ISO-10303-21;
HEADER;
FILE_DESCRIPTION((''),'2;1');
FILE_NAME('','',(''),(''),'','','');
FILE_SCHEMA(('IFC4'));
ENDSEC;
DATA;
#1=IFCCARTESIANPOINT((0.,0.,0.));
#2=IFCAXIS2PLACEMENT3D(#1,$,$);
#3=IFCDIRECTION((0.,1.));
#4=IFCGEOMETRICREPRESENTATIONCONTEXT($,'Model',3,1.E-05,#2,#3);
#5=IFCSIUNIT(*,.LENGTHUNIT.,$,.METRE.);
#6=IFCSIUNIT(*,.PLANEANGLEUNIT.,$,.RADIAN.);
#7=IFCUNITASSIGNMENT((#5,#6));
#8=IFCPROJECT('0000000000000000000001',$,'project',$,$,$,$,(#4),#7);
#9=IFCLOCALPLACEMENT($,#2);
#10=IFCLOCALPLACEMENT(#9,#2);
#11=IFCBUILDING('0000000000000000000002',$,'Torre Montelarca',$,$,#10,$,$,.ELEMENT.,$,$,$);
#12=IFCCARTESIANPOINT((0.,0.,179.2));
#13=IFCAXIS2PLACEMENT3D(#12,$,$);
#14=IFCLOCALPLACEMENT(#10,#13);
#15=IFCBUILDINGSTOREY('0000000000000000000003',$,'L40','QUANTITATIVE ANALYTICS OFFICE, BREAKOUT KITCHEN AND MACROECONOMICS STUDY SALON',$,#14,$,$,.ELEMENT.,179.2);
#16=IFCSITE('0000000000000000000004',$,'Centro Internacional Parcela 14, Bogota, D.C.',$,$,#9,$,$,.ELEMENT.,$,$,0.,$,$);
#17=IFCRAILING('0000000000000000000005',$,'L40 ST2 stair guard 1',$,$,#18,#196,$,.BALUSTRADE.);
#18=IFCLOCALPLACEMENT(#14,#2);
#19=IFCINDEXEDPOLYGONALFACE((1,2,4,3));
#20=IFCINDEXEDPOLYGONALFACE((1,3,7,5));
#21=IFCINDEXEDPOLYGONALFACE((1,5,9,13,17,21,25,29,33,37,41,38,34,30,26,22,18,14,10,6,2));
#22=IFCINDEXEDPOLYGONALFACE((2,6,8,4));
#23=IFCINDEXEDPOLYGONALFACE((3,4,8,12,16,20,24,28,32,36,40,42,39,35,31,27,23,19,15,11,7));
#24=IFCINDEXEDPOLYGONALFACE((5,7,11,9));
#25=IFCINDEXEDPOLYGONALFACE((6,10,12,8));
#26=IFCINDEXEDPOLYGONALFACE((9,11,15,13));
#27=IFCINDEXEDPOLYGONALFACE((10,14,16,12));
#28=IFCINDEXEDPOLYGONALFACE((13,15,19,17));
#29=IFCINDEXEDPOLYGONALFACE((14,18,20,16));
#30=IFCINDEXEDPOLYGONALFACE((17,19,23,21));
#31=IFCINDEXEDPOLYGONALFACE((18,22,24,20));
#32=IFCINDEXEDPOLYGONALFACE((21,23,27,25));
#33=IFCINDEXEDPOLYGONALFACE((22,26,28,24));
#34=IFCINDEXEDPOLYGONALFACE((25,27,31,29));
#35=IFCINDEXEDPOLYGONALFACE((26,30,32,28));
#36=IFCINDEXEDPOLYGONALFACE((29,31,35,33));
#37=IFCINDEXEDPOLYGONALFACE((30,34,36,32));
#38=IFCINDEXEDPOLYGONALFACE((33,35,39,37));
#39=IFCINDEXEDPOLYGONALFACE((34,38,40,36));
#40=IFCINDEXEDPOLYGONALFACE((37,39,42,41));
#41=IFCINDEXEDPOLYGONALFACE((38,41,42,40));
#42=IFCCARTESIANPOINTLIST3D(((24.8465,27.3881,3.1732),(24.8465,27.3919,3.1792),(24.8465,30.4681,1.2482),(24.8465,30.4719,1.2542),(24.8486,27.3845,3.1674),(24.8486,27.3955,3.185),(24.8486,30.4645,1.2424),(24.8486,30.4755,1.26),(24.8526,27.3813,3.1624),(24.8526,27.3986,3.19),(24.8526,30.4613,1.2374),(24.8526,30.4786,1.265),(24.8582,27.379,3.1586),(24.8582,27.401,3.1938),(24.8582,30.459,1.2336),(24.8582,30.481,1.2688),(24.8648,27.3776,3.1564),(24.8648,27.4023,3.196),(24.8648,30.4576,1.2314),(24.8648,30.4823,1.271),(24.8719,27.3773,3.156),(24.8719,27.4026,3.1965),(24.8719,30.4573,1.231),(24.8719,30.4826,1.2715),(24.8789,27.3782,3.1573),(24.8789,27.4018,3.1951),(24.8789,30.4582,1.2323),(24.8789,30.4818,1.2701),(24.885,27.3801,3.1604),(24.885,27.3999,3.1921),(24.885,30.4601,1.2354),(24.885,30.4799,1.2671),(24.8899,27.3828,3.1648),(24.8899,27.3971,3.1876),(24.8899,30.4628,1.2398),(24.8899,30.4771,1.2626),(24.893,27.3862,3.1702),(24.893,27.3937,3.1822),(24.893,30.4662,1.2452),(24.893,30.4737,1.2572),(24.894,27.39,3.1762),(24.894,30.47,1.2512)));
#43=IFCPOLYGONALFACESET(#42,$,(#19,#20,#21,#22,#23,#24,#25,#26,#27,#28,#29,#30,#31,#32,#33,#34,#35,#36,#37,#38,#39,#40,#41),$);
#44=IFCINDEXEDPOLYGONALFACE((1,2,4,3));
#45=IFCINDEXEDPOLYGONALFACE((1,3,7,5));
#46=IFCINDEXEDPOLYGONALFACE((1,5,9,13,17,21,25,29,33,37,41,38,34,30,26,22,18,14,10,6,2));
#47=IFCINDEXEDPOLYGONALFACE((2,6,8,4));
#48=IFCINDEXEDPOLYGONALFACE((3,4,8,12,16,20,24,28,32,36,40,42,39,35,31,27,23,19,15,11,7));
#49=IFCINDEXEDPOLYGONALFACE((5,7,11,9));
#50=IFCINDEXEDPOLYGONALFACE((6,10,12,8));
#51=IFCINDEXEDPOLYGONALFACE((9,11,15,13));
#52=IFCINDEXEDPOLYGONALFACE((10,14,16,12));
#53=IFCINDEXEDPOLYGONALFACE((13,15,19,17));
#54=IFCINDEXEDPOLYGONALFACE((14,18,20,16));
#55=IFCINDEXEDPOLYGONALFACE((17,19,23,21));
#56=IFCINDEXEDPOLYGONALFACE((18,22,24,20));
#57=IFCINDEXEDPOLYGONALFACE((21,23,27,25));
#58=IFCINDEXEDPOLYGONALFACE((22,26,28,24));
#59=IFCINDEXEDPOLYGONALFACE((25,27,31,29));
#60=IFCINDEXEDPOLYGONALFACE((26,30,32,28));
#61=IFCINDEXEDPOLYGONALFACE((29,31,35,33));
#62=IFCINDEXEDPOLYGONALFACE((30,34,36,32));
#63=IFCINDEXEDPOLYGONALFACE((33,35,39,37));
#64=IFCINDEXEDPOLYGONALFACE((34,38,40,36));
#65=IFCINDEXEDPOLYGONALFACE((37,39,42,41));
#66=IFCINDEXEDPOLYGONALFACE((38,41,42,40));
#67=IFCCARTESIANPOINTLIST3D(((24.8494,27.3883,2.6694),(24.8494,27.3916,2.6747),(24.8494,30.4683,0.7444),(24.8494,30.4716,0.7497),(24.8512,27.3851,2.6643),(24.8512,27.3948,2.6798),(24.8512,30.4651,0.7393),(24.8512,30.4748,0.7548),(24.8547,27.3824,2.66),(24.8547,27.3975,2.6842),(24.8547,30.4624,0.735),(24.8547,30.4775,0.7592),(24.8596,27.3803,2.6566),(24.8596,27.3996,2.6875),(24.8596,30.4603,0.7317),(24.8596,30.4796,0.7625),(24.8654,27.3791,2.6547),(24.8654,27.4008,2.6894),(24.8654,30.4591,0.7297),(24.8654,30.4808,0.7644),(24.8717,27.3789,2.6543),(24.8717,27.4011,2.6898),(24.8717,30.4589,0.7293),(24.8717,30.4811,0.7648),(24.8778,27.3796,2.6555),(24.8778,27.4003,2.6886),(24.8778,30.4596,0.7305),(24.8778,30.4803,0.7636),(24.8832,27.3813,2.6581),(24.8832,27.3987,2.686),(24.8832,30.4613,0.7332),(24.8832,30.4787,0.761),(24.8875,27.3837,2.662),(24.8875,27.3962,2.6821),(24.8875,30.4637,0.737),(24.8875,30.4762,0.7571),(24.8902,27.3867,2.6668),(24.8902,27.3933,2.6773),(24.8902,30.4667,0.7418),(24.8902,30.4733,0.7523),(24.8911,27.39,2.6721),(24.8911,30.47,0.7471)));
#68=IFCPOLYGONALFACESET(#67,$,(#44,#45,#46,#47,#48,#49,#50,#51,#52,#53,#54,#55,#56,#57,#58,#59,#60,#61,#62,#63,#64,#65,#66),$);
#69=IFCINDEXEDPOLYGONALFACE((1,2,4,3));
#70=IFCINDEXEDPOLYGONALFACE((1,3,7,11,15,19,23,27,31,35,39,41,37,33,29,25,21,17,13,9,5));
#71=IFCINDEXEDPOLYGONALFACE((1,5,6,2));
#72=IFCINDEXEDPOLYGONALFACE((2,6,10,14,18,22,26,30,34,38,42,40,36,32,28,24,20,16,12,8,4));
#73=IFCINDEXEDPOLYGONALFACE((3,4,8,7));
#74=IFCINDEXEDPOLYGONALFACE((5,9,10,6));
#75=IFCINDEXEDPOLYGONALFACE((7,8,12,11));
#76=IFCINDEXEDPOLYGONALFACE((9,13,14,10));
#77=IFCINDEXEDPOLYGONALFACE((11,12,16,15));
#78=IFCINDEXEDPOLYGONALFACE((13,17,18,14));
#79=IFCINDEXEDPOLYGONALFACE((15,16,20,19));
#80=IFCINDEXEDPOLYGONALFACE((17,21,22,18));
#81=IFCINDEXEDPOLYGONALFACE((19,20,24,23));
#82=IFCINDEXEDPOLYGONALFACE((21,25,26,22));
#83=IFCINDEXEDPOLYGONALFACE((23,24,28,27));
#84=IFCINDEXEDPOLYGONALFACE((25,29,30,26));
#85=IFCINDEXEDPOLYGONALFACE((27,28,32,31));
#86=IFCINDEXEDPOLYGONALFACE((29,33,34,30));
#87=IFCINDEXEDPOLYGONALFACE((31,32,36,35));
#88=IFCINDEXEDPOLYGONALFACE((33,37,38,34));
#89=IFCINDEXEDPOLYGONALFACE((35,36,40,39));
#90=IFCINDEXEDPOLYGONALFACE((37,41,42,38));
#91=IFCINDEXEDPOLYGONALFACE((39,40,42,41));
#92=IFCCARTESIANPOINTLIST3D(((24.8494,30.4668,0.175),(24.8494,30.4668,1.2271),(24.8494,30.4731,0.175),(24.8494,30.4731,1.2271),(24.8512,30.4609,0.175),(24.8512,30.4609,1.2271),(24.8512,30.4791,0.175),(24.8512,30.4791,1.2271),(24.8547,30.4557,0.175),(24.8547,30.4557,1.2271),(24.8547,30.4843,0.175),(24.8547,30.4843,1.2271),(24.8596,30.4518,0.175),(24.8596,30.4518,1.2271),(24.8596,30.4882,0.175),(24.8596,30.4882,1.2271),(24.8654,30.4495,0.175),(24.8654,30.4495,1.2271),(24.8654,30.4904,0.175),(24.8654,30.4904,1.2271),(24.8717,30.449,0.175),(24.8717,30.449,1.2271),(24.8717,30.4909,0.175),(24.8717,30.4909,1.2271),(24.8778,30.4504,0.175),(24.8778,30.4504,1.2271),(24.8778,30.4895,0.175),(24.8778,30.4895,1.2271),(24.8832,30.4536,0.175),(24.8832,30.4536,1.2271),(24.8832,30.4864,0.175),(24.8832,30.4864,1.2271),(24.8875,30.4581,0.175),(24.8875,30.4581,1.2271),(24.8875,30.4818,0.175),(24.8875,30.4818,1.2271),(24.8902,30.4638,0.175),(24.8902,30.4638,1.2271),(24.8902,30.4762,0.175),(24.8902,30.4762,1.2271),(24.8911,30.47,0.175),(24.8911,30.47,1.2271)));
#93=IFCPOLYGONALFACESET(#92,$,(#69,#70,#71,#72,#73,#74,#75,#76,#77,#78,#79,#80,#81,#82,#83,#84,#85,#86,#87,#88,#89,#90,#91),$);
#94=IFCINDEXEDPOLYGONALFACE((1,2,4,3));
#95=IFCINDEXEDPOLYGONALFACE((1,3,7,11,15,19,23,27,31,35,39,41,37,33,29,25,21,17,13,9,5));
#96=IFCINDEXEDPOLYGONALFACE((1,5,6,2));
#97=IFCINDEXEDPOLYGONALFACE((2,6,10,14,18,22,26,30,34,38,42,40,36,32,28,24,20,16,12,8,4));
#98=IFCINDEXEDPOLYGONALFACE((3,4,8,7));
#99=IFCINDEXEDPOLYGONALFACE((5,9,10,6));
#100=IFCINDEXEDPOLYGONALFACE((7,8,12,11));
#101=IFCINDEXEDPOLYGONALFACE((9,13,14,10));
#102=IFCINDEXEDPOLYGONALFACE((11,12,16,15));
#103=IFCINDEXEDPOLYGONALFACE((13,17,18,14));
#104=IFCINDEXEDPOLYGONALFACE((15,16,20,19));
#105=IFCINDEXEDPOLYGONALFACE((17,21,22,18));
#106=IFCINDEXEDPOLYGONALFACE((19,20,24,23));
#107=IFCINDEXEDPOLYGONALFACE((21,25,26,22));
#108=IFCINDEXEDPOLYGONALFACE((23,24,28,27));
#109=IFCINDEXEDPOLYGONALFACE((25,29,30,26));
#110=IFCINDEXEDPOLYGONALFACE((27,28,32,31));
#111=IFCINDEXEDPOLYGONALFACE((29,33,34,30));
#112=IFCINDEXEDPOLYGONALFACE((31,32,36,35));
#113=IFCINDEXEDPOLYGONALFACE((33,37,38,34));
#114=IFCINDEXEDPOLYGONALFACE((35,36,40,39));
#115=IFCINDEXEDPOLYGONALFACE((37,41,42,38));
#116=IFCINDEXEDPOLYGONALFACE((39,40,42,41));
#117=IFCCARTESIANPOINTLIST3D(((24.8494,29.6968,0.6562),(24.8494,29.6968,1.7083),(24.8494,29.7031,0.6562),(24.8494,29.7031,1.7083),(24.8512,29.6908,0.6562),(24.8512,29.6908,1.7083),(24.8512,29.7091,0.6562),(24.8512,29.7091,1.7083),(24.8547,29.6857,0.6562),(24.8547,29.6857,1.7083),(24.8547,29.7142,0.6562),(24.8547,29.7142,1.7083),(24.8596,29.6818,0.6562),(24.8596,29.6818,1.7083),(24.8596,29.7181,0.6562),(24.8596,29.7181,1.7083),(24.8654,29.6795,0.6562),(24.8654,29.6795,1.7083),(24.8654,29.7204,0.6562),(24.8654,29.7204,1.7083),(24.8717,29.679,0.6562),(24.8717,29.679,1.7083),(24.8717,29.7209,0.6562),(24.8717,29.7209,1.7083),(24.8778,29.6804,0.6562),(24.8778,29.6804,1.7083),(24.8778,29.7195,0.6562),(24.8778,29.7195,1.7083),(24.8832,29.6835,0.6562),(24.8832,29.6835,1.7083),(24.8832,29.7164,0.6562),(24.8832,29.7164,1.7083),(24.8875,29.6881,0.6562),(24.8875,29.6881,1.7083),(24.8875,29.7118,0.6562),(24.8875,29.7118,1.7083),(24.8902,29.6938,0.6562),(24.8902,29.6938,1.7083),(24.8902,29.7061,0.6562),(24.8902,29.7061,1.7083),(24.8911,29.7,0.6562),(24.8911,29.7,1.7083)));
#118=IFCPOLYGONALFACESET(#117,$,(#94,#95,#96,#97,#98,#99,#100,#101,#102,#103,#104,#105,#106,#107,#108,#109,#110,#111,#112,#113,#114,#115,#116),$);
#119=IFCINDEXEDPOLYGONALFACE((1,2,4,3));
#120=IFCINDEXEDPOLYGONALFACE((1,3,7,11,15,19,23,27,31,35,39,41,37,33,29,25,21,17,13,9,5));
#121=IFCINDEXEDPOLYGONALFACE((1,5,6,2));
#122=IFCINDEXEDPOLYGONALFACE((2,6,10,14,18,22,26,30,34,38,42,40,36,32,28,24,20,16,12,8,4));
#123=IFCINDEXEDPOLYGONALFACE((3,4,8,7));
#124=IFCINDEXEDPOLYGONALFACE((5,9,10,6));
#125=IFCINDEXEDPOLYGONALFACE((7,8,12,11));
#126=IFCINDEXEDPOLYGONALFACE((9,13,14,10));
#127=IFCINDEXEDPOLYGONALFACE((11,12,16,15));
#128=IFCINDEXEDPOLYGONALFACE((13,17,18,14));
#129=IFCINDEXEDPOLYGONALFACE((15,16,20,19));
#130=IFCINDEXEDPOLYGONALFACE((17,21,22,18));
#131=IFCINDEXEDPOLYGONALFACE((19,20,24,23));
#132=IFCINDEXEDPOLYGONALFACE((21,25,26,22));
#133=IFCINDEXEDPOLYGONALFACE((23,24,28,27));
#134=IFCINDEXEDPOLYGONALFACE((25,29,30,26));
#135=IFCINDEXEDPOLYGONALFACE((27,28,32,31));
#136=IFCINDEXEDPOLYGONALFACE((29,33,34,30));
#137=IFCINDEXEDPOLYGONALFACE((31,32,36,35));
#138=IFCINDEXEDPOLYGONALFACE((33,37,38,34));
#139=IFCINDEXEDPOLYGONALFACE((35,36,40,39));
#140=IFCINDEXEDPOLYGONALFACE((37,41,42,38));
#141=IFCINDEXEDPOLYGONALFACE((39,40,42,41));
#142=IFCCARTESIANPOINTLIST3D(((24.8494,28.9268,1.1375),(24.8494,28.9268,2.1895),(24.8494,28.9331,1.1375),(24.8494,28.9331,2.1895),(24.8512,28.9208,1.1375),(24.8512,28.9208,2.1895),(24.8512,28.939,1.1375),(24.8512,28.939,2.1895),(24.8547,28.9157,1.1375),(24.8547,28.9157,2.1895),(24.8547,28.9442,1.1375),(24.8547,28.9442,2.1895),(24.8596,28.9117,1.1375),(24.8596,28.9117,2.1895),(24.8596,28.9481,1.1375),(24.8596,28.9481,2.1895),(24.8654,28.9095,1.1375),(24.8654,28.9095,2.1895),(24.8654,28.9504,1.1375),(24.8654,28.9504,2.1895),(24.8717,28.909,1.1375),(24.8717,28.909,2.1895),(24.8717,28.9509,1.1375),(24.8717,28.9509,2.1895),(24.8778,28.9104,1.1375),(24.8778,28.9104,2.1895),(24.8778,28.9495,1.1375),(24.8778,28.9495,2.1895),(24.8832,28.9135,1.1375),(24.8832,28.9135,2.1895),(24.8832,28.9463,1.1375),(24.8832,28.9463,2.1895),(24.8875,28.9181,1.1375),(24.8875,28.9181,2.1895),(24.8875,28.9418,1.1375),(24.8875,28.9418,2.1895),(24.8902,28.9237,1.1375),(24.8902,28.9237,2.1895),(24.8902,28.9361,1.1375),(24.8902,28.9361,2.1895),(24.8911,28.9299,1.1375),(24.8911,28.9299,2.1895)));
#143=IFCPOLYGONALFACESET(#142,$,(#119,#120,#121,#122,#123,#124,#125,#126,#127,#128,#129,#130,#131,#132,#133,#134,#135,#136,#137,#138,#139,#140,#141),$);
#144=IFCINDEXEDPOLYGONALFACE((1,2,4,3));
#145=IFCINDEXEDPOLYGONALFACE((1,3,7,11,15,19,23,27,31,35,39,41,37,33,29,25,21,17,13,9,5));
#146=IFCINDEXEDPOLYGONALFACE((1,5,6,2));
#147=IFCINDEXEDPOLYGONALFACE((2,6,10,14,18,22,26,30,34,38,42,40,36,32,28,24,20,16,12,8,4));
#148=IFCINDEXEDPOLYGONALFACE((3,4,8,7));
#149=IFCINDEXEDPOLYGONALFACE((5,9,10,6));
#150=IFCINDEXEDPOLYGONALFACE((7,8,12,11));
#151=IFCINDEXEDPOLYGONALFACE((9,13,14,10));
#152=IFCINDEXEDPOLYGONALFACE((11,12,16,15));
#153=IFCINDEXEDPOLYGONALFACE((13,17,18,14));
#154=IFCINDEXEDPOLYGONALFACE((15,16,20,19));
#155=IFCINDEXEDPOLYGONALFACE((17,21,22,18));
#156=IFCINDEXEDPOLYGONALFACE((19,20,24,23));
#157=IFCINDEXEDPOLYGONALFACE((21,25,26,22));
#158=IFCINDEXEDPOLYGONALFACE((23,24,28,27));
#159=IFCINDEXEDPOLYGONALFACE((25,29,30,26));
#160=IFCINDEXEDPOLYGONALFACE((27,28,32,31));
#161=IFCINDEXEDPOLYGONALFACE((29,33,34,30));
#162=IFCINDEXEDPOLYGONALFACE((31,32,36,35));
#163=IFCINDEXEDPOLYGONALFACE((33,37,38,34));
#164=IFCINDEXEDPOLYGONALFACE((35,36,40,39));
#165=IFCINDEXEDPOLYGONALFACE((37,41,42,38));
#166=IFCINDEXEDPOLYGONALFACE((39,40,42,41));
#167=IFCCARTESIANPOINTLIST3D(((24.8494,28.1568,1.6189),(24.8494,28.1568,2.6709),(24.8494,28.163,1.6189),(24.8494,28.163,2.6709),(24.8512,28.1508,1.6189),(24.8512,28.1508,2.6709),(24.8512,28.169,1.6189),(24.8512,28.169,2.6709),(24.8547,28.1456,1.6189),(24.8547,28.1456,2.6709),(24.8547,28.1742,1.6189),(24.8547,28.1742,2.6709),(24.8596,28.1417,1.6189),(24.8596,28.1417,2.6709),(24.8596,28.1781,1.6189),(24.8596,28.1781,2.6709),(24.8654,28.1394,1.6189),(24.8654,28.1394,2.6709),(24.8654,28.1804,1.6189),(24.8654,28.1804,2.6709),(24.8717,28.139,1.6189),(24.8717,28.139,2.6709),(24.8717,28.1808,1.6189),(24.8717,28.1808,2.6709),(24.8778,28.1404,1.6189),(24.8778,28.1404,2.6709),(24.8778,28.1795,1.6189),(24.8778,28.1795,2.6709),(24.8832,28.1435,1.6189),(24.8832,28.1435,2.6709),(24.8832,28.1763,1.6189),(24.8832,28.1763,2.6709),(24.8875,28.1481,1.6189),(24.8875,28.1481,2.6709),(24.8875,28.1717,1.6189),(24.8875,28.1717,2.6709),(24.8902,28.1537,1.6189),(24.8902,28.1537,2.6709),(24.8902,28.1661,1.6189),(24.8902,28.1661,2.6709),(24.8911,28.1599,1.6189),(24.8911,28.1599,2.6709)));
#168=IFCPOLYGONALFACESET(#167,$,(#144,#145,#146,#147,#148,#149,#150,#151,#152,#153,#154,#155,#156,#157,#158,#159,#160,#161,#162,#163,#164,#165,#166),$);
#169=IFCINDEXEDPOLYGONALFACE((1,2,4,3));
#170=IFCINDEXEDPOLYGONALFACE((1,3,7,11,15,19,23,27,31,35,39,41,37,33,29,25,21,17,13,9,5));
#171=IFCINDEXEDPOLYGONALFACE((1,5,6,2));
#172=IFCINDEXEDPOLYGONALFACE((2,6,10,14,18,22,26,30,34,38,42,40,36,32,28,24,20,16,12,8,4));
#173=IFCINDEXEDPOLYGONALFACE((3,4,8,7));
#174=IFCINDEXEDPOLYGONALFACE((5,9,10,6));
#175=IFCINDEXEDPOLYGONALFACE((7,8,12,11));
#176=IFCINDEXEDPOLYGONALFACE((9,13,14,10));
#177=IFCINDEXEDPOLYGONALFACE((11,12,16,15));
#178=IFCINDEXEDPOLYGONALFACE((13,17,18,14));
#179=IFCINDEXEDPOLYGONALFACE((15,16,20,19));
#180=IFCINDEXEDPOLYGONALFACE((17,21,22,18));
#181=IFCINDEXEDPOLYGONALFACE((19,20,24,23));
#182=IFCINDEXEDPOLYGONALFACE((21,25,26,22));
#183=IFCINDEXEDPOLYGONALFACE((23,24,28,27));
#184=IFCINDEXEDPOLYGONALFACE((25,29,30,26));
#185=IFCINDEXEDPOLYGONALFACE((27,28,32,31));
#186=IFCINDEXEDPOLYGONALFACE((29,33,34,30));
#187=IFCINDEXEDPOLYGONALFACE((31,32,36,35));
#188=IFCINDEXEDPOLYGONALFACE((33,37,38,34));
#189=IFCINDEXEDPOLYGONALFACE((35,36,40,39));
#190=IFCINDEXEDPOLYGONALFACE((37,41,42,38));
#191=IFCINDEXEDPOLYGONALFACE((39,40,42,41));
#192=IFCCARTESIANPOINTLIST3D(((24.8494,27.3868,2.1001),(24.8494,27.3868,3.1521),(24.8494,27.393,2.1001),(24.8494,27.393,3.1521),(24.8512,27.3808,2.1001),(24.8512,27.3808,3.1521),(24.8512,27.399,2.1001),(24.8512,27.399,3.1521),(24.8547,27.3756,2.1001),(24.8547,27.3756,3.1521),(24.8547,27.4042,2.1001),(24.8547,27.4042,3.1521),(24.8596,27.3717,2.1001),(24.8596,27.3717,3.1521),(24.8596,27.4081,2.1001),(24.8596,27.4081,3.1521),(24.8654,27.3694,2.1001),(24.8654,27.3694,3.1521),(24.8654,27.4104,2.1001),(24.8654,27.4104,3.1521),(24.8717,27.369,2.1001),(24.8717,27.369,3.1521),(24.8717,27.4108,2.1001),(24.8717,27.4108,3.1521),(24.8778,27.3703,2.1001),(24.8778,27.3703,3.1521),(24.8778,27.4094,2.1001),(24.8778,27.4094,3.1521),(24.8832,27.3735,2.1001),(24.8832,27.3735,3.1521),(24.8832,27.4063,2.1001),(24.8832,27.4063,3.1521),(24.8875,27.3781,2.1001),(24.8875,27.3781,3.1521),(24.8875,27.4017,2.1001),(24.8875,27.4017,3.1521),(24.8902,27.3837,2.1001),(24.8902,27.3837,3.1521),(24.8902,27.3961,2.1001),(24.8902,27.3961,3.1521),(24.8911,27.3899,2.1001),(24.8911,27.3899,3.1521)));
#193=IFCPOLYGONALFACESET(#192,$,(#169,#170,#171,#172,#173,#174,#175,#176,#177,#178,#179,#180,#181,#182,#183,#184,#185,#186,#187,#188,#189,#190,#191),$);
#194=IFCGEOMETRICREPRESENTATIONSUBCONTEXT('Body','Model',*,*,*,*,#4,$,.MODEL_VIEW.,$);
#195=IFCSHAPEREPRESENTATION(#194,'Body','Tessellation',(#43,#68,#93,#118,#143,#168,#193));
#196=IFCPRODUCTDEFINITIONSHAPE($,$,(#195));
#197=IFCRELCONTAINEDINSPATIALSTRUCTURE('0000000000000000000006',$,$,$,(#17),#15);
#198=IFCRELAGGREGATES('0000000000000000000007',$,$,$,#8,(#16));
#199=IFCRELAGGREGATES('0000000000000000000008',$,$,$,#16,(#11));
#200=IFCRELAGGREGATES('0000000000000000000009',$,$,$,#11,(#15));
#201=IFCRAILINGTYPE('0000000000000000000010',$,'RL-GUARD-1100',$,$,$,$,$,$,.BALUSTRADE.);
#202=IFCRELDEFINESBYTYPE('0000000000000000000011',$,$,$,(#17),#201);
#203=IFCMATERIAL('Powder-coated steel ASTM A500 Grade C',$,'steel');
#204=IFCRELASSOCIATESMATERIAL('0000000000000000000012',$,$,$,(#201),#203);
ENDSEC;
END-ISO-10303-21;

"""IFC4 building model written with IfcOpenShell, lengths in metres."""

from ifc_helpers import new_model, si_unit, direction, frame, origin, origin_2d, place, context, subcontext, project, spatial, circle, extrude, material, type_object, element, save


model = new_model("IFC4")

# Units and contexts
model_context = context("Model", 3, precision=1e-05, world=origin(), true_north=direction((0.0, 1.0)))
body_context = subcontext(model_context, "Body", "Model", "MODEL_VIEW")
ifc_project = project(units=[si_unit("LENGTHUNIT", "METRE"), si_unit("PLANEANGLEUNIT", "RADIAN")], contexts=[model_context])

# Site, building, storey
site_placement = place(None, origin())
site = spatial("IfcSite", under=ifc_project, at=site_placement, Name="Centro Internacional Parcela 14, Bogota, D.C.", CompositionType="ELEMENT", RefElevation=0.0)
building_placement = place(site_placement, origin())
building = spatial("IfcBuilding", under=site, at=building_placement, Name="Torre Montelarca", CompositionType="ELEMENT")
storey_placement = place(building_placement, frame((0.0, 0.0, 179.2)))
storey = spatial("IfcBuildingStorey", under=building, at=storey_placement, Name="L40", Description="QUANTITATIVE ANALYTICS OFFICE, BREAKOUT KITCHEN AND MACROECONOMICS STUDY SALON", CompositionType="ELEMENT", Elevation=179.2)

# Railing
ifc_material_1 = material(Name="Powder-coated steel ASTM A500 Grade C", Category="steel")
railing_type_1 = type_object("IfcRailingType", Name="RL-GUARD-1100", PredefinedType="BALUSTRADE", material=ifc_material_1)
railing_1_placement = place(storey_placement, frame((24.8701, 30.47, 0.175)))
element("IfcRailing", 1, at=railing_1_placement, inside=storey, type_object=railing_type_1, Name="L40 ST2 stair guard 1", PredefinedType="BALUSTRADE", context=body_context, shape_type="SweptSolid", body=[
    extrude(circle(Radius=0.0239, at=origin_2d()), frame((0.0, 0.0, 1.0762), z_axis=(0.0, -0.847998, 0.529999), x_axis=(1.0, 0.0, 0.0)), (0.0, 0.0, 1.0), 3.6321),
    extrude(circle(Radius=0.021, at=origin_2d()), frame((0.0, 0.0, 0.572), z_axis=(0.0, -0.847998, 0.529999), x_axis=(1.0, 0.0, 0.0)), (0.0, 0.0, 1.0), 3.6321),
    extrude(circle(Radius=0.021, at=origin_2d()), origin(), (0.0, 0.0, 1.0), 1.052),
    extrude(circle(Radius=0.021, at=origin_2d()), frame((0.0, -0.77, 0.4812)), (0.0, 0.0, 1.0), 1.052),
    extrude(circle(Radius=0.021, at=origin_2d()), frame((0.0, -1.54, 0.9624)), (0.0, 0.0, 1.0), 1.052),
    extrude(circle(Radius=0.021, at=origin_2d()), frame((0.0, -2.3101, 1.4438)), (0.0, 0.0, 1.0), 1.052),
    extrude(circle(Radius=0.021, at=origin_2d()), frame((0.0, -3.0801, 1.925)), (0.0, 0.0, 1.0), 1.052),
])

save(model, "model.ifc")
